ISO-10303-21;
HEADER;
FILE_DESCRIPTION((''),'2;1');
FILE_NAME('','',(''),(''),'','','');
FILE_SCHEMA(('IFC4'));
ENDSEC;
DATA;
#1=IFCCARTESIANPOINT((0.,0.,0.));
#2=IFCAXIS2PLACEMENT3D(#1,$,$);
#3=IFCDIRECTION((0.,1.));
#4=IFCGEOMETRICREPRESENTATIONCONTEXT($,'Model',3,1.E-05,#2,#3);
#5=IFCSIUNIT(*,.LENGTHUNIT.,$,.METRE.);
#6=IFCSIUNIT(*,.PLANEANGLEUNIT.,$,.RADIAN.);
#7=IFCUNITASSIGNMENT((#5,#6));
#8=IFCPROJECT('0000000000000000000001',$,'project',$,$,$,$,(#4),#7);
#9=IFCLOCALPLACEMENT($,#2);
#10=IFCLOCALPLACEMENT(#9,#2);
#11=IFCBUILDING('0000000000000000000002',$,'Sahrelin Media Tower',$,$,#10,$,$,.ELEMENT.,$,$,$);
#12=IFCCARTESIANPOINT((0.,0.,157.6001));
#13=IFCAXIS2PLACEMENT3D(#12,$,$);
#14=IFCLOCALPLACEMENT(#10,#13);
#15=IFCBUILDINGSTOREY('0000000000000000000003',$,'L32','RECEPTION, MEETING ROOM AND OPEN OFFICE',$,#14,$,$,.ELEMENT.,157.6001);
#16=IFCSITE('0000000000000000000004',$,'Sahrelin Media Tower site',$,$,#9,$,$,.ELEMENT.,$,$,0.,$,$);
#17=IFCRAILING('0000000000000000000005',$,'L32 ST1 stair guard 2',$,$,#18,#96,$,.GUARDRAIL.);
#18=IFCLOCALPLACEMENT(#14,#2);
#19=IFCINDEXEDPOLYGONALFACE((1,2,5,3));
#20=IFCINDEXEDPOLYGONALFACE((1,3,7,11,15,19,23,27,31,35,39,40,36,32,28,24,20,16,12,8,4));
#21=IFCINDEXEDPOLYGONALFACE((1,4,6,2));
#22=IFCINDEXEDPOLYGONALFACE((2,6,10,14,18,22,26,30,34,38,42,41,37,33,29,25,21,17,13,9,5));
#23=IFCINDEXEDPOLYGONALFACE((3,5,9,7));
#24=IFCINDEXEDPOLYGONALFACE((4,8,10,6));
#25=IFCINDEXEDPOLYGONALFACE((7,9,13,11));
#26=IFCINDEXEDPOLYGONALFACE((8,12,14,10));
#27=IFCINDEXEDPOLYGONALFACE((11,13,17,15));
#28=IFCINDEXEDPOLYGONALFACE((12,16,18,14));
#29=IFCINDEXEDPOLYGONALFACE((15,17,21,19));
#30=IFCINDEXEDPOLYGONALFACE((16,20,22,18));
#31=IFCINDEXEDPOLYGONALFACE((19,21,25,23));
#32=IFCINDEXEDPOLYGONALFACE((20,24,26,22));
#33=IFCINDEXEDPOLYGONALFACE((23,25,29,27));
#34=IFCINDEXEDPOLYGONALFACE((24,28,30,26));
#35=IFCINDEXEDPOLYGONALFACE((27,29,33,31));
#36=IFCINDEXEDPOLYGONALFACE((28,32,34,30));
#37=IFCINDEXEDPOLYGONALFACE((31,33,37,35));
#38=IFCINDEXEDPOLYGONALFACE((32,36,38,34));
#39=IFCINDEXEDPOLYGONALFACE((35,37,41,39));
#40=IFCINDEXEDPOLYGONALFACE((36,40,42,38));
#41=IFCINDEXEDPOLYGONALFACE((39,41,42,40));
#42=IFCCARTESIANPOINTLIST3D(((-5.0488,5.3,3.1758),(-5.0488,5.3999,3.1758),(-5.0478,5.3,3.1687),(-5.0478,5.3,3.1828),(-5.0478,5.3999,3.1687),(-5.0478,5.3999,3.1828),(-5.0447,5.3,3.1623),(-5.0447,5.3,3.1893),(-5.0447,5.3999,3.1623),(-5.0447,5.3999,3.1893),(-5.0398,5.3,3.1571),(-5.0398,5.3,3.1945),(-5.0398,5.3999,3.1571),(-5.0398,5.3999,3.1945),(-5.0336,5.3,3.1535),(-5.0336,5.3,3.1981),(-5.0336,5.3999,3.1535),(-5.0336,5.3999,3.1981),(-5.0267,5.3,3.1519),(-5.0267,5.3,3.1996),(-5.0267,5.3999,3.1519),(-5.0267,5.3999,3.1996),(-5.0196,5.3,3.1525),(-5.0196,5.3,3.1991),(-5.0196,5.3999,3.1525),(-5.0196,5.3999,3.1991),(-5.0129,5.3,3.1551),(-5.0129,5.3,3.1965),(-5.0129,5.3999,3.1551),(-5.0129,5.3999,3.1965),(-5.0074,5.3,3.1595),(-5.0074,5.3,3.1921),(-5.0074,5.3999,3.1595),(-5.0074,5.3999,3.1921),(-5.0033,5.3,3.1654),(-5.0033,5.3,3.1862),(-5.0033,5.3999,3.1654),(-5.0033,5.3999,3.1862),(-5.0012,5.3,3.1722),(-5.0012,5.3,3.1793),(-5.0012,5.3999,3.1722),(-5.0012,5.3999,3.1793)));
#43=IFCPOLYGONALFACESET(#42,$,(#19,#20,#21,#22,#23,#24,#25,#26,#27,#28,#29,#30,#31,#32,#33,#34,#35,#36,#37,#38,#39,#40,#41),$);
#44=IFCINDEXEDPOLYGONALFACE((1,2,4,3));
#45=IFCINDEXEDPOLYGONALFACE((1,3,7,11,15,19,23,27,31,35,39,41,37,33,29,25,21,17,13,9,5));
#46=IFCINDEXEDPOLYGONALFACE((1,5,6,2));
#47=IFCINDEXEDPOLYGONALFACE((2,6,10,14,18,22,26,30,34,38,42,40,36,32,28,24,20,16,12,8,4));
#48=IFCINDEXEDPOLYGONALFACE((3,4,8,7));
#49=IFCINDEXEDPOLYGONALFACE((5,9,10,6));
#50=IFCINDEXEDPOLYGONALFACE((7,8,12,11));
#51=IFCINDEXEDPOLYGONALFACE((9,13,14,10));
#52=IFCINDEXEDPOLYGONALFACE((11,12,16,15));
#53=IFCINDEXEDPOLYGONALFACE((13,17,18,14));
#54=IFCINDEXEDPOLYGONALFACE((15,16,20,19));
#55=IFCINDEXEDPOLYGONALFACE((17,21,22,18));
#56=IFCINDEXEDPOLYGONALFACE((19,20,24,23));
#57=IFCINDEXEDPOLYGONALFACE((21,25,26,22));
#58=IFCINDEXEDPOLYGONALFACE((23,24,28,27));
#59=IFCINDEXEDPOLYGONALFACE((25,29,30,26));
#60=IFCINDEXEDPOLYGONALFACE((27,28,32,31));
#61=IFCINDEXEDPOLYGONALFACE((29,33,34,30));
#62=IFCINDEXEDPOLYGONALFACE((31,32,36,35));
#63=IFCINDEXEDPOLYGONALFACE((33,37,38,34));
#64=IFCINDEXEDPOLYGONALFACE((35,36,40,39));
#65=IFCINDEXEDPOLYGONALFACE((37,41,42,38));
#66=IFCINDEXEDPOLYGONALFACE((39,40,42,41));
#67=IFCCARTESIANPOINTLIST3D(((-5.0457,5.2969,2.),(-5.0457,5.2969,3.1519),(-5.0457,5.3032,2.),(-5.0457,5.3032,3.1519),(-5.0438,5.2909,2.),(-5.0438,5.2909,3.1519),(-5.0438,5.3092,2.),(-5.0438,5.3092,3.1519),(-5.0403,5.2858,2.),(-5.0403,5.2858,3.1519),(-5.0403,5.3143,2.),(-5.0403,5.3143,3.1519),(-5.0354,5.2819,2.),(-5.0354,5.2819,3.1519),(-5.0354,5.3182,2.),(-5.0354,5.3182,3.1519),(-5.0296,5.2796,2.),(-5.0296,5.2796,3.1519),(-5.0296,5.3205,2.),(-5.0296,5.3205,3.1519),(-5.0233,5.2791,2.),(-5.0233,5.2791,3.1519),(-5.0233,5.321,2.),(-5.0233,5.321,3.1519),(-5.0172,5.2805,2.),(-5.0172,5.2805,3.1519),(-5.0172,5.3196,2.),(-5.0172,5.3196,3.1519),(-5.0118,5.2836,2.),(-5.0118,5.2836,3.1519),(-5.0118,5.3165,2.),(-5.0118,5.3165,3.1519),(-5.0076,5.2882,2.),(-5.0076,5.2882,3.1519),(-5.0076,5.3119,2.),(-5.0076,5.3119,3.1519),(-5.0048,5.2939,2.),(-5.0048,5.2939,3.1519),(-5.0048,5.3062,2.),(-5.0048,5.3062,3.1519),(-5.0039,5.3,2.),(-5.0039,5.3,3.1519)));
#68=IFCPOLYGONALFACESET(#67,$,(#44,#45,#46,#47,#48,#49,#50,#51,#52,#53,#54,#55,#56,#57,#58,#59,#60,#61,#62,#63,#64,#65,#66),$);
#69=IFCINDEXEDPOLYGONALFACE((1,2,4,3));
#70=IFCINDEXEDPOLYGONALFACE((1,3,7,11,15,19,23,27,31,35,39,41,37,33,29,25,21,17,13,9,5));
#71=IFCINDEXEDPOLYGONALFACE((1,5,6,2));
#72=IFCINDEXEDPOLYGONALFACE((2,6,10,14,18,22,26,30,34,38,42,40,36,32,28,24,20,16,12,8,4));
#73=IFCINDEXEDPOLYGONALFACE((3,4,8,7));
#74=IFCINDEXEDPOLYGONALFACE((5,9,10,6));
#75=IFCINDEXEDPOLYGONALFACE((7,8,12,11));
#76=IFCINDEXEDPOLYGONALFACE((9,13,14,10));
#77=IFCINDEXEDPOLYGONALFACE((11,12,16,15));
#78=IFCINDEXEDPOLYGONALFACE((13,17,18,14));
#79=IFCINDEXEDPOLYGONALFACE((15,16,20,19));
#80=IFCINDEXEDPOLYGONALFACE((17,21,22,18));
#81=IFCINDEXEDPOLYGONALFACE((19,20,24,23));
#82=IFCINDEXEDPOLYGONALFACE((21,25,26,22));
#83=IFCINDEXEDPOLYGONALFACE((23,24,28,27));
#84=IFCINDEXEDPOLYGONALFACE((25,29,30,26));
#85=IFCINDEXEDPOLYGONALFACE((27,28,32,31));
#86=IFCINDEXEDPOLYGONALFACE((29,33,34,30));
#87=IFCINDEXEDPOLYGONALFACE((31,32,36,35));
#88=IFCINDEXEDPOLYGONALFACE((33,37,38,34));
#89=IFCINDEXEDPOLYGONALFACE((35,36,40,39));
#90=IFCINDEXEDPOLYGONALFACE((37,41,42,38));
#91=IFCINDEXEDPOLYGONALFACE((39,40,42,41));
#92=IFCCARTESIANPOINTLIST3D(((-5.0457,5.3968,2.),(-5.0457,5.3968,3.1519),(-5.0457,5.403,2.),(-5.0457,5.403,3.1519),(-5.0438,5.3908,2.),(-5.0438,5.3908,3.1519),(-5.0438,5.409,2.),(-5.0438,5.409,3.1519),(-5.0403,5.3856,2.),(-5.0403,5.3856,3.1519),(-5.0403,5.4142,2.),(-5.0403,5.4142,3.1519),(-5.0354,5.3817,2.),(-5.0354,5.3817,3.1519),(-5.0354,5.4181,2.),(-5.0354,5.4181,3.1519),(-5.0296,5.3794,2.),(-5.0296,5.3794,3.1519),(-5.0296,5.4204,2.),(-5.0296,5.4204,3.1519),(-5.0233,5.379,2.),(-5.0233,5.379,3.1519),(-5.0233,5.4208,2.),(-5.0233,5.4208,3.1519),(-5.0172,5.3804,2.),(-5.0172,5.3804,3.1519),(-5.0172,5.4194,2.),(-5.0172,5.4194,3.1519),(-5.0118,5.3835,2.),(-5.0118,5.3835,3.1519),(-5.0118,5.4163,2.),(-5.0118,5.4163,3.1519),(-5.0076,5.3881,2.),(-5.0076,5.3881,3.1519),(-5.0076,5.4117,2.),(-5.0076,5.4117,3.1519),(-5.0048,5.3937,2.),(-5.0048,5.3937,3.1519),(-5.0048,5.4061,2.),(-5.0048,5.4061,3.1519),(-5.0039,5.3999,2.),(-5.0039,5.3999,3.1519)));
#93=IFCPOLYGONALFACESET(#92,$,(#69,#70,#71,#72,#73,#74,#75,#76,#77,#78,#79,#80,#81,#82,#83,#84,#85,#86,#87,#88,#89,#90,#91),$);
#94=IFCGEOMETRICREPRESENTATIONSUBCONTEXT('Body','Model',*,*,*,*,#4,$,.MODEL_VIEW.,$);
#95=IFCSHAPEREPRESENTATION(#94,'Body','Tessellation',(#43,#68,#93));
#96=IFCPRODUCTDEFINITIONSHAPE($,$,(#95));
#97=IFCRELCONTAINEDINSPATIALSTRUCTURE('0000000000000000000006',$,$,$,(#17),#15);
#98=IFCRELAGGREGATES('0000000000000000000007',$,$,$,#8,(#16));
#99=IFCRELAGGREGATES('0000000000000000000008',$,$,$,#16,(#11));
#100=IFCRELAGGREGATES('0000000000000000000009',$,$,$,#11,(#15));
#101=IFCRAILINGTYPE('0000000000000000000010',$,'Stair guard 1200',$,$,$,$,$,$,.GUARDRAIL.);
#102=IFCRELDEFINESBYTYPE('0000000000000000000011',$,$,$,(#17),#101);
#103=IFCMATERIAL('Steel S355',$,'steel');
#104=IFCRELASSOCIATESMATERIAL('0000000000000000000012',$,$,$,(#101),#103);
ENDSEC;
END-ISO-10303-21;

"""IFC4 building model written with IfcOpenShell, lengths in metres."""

from ifc_helpers import new_model, si_unit, direction, frame, origin, origin_2d, place, context, subcontext, project, spatial, circle, extrude, material, type_object, element, save


model = new_model("IFC4")

# Units and contexts
model_context = context("Model", 3, precision=1e-05, world=origin(), true_north=direction((0.0, 1.0)))
body_context = subcontext(model_context, "Body", "Model", "MODEL_VIEW")
ifc_project = project(units=[si_unit("LENGTHUNIT", "METRE"), si_unit("PLANEANGLEUNIT", "RADIAN")], contexts=[model_context])

# Site, building, storey
site_placement = place(None, origin())
site = spatial("IfcSite", under=ifc_project, at=site_placement, Name="Sahrelin Media Tower site", CompositionType="ELEMENT", RefElevation=0.0)
building_placement = place(site_placement, origin())
building = spatial("IfcBuilding", under=site, at=building_placement, Name="Sahrelin Media Tower", CompositionType="ELEMENT")
storey_placement = place(building_placement, frame((0.0, 0.0, 157.6001)))
storey = spatial("IfcBuildingStorey", under=building, at=storey_placement, Name="L32", Description="RECEPTION, MEETING ROOM AND OPEN OFFICE", CompositionType="ELEMENT", Elevation=157.6001)

# Shared definitions
ifc_material_1 = material(Name="Steel S355", Category="steel")

# Railing
railing_type_1 = type_object("IfcRailingType", Name="Stair guard 1200", PredefinedType="GUARDRAIL", material=ifc_material_1)
railing_1_placement = place(storey_placement, frame((-5.0249, 5.3, 2.0)))
element("IfcRailing", 1, at=railing_1_placement, inside=storey, type_object=railing_type_1, Name="L32 ST1 stair guard 2", PredefinedType="GUARDRAIL", context=body_context, shape_type="SweptSolid", body=[
    extrude(circle(Radius=0.0239, at=origin_2d()), frame((0.0, 0.0, 1.1758), z_axis=(0.0, 1.0, 0.0), x_axis=(-1.0, 0.0, 0.0)), (0.0, 0.0, 1.0), 0.0999),
    extrude(circle(Radius=0.021, at=origin_2d()), origin(), (0.0, 0.0, 1.0), 1.1519),
    extrude(circle(Radius=0.021, at=origin_2d()), frame((0.0, 0.0999, 0.0)), (0.0, 0.0, 1.0), 1.1519),
])

save(model, "model.ifc")
